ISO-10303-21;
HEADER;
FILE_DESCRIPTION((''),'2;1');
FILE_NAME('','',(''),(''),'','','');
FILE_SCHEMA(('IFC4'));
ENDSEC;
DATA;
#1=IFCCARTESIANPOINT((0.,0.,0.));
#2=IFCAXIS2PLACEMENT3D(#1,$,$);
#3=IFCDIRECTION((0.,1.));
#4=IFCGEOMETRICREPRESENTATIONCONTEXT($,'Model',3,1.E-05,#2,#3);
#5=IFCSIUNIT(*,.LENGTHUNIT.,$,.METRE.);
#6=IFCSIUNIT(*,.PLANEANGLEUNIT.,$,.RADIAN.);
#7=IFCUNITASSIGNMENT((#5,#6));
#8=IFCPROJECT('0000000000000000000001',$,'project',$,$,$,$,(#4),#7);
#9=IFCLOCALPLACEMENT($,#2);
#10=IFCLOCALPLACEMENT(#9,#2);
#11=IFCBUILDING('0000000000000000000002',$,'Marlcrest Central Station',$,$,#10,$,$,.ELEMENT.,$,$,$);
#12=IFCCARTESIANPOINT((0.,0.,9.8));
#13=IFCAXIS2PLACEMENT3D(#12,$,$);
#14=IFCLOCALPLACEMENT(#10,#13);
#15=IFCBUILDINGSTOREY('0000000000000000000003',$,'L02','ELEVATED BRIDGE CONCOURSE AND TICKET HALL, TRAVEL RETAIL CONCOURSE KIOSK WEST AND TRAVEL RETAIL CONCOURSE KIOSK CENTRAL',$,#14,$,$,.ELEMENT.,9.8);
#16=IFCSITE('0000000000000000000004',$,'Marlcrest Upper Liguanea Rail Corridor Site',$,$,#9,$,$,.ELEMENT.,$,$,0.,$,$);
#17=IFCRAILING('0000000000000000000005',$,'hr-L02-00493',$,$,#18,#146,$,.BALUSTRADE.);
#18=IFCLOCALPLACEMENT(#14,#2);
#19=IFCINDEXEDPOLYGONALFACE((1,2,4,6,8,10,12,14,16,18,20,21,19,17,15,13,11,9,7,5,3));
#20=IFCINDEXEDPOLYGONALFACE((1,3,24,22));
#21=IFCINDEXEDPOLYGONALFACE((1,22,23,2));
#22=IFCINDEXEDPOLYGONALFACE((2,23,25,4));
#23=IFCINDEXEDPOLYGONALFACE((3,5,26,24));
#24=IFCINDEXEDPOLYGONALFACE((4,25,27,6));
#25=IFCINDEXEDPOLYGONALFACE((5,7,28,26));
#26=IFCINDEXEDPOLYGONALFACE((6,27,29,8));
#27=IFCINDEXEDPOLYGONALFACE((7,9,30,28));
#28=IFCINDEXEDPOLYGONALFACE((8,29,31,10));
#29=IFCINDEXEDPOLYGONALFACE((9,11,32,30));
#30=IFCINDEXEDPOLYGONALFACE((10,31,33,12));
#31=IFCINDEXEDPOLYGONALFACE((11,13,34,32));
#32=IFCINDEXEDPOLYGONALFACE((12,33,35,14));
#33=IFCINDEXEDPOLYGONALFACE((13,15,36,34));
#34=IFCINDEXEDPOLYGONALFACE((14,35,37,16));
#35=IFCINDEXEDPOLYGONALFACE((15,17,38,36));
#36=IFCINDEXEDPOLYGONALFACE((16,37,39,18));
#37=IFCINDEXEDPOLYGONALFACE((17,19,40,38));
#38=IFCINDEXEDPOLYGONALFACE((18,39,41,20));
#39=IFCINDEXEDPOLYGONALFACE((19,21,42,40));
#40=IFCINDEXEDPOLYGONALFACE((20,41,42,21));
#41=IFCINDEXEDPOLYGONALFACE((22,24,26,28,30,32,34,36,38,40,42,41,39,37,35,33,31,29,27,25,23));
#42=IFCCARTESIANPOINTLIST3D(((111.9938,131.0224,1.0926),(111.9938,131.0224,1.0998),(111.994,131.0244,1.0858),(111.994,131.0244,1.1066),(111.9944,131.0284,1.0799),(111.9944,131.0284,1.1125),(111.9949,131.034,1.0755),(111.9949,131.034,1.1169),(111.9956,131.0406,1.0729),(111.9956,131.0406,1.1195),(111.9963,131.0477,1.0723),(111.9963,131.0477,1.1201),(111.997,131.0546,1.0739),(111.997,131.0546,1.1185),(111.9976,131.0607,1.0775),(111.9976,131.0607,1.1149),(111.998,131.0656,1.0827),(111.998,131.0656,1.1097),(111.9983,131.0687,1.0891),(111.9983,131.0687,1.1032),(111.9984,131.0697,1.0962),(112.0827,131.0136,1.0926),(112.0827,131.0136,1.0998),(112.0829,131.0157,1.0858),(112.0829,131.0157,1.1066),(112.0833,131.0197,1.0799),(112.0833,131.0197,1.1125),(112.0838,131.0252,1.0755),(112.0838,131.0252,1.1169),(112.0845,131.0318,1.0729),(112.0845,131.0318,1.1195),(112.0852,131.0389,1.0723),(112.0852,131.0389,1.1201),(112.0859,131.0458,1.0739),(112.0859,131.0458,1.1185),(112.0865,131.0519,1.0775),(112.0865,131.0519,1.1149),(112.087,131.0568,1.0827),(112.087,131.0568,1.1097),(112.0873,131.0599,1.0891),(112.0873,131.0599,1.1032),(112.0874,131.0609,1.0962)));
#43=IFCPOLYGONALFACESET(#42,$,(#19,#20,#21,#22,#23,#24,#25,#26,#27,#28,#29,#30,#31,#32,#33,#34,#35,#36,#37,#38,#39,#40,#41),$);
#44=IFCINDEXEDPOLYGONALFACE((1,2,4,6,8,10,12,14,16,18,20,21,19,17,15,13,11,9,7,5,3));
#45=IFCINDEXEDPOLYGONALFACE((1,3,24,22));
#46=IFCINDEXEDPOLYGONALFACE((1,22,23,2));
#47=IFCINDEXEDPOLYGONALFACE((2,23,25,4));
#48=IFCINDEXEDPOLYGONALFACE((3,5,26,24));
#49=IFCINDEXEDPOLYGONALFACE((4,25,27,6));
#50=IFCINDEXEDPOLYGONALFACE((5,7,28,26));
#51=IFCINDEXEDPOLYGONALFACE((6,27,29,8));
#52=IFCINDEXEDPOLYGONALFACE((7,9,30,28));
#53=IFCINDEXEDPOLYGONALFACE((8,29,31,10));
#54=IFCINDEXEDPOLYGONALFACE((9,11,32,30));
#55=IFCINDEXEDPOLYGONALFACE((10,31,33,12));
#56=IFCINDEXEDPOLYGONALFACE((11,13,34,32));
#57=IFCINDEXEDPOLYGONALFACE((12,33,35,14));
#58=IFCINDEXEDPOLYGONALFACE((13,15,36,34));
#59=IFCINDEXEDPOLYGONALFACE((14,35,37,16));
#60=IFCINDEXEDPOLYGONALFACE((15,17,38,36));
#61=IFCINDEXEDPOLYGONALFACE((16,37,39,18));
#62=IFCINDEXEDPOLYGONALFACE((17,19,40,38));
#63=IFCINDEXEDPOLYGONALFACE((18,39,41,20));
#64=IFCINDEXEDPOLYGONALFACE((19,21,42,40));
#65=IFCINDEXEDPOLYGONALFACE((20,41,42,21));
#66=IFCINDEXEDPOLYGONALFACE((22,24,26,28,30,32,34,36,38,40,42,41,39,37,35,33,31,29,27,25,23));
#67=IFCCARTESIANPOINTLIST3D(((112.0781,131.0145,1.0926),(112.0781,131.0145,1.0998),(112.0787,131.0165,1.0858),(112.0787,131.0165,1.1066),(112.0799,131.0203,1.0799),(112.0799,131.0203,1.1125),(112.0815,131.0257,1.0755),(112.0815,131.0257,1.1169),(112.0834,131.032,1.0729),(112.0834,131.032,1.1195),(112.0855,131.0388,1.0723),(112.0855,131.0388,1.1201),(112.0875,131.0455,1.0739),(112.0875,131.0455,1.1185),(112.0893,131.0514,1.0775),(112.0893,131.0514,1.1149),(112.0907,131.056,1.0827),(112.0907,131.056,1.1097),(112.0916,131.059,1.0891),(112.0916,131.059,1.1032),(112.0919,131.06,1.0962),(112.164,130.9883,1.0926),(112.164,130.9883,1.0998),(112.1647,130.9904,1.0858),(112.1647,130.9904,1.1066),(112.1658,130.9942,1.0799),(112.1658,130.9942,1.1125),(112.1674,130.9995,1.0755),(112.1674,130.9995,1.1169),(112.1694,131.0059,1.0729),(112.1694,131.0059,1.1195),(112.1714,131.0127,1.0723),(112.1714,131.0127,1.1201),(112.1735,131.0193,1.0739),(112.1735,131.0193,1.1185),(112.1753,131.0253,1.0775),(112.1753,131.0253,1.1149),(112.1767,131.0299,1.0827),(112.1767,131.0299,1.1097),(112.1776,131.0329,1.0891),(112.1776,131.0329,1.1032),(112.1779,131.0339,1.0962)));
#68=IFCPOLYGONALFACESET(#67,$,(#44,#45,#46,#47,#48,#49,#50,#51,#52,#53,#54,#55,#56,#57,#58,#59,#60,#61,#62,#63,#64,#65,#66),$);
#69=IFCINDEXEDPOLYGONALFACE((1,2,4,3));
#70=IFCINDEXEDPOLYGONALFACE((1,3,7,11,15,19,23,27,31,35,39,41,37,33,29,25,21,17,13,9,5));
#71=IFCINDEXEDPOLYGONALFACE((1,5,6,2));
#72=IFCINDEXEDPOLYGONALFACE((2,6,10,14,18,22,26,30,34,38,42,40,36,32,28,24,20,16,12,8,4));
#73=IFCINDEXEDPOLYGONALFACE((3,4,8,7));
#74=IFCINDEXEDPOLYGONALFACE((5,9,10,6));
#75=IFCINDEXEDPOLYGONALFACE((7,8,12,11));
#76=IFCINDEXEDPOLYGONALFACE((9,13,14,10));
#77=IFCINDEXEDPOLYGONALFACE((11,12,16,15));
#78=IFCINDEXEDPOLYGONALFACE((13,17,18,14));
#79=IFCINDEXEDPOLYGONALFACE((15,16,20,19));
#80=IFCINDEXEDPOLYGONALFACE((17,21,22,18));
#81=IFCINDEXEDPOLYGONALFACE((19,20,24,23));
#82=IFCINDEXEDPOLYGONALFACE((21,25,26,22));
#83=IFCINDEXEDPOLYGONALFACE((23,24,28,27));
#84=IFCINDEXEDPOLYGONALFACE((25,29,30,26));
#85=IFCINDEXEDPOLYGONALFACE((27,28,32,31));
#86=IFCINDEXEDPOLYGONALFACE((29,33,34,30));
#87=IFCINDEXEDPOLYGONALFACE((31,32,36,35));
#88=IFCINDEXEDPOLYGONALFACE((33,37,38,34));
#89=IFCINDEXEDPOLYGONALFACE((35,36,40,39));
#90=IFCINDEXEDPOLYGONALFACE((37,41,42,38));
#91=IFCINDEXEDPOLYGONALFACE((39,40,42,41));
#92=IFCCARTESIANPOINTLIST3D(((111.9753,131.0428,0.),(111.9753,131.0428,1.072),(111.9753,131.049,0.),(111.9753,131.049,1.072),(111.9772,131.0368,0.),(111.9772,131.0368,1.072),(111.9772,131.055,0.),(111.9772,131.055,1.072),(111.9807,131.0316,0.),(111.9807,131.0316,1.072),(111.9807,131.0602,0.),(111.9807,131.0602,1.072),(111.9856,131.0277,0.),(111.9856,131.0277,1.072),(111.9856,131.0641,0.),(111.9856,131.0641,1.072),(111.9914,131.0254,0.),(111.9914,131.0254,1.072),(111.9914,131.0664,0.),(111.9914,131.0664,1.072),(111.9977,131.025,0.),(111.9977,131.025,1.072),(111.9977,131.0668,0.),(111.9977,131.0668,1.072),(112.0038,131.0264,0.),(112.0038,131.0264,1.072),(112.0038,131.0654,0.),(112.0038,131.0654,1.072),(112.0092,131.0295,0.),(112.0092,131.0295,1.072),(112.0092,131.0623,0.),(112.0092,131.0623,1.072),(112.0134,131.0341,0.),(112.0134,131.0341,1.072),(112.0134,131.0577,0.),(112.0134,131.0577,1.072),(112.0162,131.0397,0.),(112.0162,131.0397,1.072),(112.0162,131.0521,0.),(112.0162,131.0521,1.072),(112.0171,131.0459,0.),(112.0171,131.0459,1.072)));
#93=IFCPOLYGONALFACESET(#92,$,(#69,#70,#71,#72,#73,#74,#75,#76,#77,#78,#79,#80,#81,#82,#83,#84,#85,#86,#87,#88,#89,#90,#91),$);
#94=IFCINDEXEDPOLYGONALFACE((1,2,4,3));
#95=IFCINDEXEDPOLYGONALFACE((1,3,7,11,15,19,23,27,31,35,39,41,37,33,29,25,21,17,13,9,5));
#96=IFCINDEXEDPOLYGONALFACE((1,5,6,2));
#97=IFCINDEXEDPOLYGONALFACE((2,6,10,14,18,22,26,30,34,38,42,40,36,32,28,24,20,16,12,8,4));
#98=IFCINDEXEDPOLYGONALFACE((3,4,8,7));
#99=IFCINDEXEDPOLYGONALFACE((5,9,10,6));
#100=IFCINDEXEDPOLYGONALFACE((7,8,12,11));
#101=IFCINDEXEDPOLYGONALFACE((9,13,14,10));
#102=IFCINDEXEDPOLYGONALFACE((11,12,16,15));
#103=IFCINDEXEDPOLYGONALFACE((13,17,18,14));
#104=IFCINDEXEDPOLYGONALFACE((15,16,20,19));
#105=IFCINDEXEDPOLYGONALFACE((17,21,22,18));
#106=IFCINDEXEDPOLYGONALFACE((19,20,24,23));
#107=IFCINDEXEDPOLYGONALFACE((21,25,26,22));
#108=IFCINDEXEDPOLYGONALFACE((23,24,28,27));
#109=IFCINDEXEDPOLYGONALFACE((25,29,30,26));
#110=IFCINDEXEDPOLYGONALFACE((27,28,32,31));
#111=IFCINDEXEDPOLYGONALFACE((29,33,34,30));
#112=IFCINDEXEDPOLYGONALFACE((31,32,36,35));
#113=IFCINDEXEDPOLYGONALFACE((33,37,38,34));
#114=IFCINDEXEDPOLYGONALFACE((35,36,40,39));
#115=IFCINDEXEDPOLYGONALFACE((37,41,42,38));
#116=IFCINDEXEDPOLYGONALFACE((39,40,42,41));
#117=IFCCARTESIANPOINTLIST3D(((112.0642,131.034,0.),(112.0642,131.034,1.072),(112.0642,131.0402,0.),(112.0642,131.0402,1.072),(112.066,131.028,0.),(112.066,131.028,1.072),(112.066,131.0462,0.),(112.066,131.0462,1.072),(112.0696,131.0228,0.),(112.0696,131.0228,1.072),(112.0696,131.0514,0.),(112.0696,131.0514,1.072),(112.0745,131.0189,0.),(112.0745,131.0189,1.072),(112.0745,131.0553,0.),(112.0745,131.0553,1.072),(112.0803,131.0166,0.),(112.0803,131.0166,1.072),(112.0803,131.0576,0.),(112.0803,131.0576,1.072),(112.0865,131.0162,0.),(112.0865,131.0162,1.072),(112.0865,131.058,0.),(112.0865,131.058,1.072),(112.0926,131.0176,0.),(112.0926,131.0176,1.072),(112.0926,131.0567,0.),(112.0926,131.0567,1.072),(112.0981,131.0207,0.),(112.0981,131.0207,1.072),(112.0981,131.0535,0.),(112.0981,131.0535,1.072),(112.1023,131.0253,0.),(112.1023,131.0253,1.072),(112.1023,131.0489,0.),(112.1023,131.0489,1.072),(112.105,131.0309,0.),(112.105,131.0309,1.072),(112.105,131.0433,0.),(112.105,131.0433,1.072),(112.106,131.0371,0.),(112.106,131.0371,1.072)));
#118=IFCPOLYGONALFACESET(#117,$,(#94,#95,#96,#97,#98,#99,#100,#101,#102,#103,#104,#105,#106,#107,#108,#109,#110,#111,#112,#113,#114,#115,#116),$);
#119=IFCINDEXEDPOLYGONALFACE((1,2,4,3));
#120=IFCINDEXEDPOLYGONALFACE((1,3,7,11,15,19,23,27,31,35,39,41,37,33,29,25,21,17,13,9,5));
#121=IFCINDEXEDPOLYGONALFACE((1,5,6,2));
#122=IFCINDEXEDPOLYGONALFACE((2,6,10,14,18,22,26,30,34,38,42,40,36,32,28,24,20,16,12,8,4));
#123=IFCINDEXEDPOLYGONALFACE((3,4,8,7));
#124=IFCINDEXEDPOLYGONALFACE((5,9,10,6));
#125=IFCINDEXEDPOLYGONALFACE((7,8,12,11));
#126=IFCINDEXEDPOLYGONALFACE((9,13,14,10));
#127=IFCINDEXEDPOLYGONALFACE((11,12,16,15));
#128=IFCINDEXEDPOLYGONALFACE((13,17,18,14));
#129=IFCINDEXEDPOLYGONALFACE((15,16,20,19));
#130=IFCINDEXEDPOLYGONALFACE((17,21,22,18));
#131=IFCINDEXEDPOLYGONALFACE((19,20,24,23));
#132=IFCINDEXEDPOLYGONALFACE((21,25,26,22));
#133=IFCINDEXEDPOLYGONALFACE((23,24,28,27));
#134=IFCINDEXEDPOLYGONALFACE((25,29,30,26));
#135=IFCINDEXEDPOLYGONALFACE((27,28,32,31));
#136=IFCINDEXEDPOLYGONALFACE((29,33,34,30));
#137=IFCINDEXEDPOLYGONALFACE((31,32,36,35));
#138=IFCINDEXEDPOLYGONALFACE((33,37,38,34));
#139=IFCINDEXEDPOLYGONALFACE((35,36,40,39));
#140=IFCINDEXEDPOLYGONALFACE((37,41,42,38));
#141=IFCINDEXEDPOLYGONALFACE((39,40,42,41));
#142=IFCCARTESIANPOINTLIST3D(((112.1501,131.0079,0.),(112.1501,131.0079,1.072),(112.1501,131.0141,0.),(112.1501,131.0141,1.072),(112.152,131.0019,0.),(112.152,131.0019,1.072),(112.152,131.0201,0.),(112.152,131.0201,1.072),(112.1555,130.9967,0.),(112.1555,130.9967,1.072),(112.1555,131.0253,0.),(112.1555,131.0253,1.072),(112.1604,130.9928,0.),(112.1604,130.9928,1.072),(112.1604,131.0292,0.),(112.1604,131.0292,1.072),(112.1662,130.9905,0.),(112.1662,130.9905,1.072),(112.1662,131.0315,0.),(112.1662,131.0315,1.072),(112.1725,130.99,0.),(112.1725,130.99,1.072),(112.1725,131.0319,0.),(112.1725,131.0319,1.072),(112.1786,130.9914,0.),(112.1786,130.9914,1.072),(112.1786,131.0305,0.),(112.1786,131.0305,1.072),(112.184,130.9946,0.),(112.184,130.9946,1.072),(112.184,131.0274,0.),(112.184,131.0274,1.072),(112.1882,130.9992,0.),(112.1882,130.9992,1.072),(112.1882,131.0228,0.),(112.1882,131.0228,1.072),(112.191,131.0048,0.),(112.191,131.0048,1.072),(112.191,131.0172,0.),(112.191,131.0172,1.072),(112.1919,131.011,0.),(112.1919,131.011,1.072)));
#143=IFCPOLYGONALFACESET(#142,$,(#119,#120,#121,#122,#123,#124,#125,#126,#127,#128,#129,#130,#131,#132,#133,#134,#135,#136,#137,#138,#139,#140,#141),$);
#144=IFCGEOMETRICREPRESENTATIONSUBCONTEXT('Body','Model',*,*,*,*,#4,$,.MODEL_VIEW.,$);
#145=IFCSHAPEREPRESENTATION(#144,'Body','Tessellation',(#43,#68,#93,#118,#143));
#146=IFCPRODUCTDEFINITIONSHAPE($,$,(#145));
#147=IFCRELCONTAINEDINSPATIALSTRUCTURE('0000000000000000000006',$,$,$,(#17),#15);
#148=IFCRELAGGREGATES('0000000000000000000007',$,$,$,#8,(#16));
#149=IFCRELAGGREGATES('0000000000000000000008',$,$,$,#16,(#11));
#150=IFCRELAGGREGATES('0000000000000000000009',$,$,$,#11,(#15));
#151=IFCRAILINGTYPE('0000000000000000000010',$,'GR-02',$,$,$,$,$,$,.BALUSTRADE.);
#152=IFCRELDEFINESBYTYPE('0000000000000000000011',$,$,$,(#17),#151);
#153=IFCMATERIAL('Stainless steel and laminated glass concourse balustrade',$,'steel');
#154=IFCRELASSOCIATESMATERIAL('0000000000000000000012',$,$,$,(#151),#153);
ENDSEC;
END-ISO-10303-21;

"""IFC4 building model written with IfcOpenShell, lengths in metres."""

from ifc_helpers import new_model, si_unit, direction, frame, origin, origin_2d, place, context, subcontext, project, spatial, circle, extrude, material, type_object, element, save


model = new_model("IFC4")

# Units and contexts
model_context = context("Model", 3, precision=1e-05, world=origin(), true_north=direction((0.0, 1.0)))
body_context = subcontext(model_context, "Body", "Model", "MODEL_VIEW")
ifc_project = project(units=[si_unit("LENGTHUNIT", "METRE"), si_unit("PLANEANGLEUNIT", "RADIAN")], contexts=[model_context])

# Site, building, storey
site_placement = place(None, origin())
site = spatial("IfcSite", under=ifc_project, at=site_placement, Name="Marlcrest Upper Liguanea Rail Corridor Site", CompositionType="ELEMENT", RefElevation=0.0)
building_placement = place(site_placement, origin())
building = spatial("IfcBuilding", under=site, at=building_placement, Name="Marlcrest Central Station", CompositionType="ELEMENT")
storey_placement = place(building_placement, frame((0.0, 0.0, 9.8)))
storey = spatial("IfcBuildingStorey", under=building, at=storey_placement, Name="L02", Description="ELEVATED BRIDGE CONCOURSE AND TICKET HALL, TRAVEL RETAIL CONCOURSE KIOSK WEST AND TRAVEL RETAIL CONCOURSE KIOSK CENTRAL", CompositionType="ELEMENT", Elevation=9.8)

# Railing
ifc_material_1 = material(Name="Stainless steel and laminated glass concourse balustrade", Category="steel")
railing_type = type_object("IfcRailingType", Name="GR-02", PredefinedType="BALUSTRADE", material=ifc_material_1)
railing_1_placement = place(storey_placement, frame((111.9961, 131.0459, 0.0)))
element("IfcRailing", 1, at=railing_1_placement, inside=storey, type_object=railing_type, Name="hr-L02-00493", PredefinedType="BALUSTRADE", context=body_context, shape_type="SweptSolid", body=[
    extrude(circle(Radius=0.0239, at=origin_2d()), frame((0.0, 0.0, 1.0962), z_axis=(0.995145, -0.098421, 0.0), x_axis=(0.098421, 0.995145, 0.0)), (0.0, 0.0, 1.0), 0.0894),
    extrude(circle(Radius=0.0239, at=origin_2d()), frame((0.0889, -0.0088, 1.0962), z_axis=(0.956773, -0.290837, 0.0), x_axis=(0.290837, 0.956773, 0.0)), (0.0, 0.0, 1.0), 0.0898),
    extrude(circle(Radius=0.021, at=origin_2d()), origin(), (0.0, 0.0, 1.0), 1.072),
    extrude(circle(Radius=0.021, at=origin_2d()), frame((0.0889, -0.0088, 0.0)), (0.0, 0.0, 1.0), 1.072),
    extrude(circle(Radius=0.021, at=origin_2d()), frame((0.1748, -0.0349, 0.0)), (0.0, 0.0, 1.0), 1.072),
])

save(model, "model.ifc")
